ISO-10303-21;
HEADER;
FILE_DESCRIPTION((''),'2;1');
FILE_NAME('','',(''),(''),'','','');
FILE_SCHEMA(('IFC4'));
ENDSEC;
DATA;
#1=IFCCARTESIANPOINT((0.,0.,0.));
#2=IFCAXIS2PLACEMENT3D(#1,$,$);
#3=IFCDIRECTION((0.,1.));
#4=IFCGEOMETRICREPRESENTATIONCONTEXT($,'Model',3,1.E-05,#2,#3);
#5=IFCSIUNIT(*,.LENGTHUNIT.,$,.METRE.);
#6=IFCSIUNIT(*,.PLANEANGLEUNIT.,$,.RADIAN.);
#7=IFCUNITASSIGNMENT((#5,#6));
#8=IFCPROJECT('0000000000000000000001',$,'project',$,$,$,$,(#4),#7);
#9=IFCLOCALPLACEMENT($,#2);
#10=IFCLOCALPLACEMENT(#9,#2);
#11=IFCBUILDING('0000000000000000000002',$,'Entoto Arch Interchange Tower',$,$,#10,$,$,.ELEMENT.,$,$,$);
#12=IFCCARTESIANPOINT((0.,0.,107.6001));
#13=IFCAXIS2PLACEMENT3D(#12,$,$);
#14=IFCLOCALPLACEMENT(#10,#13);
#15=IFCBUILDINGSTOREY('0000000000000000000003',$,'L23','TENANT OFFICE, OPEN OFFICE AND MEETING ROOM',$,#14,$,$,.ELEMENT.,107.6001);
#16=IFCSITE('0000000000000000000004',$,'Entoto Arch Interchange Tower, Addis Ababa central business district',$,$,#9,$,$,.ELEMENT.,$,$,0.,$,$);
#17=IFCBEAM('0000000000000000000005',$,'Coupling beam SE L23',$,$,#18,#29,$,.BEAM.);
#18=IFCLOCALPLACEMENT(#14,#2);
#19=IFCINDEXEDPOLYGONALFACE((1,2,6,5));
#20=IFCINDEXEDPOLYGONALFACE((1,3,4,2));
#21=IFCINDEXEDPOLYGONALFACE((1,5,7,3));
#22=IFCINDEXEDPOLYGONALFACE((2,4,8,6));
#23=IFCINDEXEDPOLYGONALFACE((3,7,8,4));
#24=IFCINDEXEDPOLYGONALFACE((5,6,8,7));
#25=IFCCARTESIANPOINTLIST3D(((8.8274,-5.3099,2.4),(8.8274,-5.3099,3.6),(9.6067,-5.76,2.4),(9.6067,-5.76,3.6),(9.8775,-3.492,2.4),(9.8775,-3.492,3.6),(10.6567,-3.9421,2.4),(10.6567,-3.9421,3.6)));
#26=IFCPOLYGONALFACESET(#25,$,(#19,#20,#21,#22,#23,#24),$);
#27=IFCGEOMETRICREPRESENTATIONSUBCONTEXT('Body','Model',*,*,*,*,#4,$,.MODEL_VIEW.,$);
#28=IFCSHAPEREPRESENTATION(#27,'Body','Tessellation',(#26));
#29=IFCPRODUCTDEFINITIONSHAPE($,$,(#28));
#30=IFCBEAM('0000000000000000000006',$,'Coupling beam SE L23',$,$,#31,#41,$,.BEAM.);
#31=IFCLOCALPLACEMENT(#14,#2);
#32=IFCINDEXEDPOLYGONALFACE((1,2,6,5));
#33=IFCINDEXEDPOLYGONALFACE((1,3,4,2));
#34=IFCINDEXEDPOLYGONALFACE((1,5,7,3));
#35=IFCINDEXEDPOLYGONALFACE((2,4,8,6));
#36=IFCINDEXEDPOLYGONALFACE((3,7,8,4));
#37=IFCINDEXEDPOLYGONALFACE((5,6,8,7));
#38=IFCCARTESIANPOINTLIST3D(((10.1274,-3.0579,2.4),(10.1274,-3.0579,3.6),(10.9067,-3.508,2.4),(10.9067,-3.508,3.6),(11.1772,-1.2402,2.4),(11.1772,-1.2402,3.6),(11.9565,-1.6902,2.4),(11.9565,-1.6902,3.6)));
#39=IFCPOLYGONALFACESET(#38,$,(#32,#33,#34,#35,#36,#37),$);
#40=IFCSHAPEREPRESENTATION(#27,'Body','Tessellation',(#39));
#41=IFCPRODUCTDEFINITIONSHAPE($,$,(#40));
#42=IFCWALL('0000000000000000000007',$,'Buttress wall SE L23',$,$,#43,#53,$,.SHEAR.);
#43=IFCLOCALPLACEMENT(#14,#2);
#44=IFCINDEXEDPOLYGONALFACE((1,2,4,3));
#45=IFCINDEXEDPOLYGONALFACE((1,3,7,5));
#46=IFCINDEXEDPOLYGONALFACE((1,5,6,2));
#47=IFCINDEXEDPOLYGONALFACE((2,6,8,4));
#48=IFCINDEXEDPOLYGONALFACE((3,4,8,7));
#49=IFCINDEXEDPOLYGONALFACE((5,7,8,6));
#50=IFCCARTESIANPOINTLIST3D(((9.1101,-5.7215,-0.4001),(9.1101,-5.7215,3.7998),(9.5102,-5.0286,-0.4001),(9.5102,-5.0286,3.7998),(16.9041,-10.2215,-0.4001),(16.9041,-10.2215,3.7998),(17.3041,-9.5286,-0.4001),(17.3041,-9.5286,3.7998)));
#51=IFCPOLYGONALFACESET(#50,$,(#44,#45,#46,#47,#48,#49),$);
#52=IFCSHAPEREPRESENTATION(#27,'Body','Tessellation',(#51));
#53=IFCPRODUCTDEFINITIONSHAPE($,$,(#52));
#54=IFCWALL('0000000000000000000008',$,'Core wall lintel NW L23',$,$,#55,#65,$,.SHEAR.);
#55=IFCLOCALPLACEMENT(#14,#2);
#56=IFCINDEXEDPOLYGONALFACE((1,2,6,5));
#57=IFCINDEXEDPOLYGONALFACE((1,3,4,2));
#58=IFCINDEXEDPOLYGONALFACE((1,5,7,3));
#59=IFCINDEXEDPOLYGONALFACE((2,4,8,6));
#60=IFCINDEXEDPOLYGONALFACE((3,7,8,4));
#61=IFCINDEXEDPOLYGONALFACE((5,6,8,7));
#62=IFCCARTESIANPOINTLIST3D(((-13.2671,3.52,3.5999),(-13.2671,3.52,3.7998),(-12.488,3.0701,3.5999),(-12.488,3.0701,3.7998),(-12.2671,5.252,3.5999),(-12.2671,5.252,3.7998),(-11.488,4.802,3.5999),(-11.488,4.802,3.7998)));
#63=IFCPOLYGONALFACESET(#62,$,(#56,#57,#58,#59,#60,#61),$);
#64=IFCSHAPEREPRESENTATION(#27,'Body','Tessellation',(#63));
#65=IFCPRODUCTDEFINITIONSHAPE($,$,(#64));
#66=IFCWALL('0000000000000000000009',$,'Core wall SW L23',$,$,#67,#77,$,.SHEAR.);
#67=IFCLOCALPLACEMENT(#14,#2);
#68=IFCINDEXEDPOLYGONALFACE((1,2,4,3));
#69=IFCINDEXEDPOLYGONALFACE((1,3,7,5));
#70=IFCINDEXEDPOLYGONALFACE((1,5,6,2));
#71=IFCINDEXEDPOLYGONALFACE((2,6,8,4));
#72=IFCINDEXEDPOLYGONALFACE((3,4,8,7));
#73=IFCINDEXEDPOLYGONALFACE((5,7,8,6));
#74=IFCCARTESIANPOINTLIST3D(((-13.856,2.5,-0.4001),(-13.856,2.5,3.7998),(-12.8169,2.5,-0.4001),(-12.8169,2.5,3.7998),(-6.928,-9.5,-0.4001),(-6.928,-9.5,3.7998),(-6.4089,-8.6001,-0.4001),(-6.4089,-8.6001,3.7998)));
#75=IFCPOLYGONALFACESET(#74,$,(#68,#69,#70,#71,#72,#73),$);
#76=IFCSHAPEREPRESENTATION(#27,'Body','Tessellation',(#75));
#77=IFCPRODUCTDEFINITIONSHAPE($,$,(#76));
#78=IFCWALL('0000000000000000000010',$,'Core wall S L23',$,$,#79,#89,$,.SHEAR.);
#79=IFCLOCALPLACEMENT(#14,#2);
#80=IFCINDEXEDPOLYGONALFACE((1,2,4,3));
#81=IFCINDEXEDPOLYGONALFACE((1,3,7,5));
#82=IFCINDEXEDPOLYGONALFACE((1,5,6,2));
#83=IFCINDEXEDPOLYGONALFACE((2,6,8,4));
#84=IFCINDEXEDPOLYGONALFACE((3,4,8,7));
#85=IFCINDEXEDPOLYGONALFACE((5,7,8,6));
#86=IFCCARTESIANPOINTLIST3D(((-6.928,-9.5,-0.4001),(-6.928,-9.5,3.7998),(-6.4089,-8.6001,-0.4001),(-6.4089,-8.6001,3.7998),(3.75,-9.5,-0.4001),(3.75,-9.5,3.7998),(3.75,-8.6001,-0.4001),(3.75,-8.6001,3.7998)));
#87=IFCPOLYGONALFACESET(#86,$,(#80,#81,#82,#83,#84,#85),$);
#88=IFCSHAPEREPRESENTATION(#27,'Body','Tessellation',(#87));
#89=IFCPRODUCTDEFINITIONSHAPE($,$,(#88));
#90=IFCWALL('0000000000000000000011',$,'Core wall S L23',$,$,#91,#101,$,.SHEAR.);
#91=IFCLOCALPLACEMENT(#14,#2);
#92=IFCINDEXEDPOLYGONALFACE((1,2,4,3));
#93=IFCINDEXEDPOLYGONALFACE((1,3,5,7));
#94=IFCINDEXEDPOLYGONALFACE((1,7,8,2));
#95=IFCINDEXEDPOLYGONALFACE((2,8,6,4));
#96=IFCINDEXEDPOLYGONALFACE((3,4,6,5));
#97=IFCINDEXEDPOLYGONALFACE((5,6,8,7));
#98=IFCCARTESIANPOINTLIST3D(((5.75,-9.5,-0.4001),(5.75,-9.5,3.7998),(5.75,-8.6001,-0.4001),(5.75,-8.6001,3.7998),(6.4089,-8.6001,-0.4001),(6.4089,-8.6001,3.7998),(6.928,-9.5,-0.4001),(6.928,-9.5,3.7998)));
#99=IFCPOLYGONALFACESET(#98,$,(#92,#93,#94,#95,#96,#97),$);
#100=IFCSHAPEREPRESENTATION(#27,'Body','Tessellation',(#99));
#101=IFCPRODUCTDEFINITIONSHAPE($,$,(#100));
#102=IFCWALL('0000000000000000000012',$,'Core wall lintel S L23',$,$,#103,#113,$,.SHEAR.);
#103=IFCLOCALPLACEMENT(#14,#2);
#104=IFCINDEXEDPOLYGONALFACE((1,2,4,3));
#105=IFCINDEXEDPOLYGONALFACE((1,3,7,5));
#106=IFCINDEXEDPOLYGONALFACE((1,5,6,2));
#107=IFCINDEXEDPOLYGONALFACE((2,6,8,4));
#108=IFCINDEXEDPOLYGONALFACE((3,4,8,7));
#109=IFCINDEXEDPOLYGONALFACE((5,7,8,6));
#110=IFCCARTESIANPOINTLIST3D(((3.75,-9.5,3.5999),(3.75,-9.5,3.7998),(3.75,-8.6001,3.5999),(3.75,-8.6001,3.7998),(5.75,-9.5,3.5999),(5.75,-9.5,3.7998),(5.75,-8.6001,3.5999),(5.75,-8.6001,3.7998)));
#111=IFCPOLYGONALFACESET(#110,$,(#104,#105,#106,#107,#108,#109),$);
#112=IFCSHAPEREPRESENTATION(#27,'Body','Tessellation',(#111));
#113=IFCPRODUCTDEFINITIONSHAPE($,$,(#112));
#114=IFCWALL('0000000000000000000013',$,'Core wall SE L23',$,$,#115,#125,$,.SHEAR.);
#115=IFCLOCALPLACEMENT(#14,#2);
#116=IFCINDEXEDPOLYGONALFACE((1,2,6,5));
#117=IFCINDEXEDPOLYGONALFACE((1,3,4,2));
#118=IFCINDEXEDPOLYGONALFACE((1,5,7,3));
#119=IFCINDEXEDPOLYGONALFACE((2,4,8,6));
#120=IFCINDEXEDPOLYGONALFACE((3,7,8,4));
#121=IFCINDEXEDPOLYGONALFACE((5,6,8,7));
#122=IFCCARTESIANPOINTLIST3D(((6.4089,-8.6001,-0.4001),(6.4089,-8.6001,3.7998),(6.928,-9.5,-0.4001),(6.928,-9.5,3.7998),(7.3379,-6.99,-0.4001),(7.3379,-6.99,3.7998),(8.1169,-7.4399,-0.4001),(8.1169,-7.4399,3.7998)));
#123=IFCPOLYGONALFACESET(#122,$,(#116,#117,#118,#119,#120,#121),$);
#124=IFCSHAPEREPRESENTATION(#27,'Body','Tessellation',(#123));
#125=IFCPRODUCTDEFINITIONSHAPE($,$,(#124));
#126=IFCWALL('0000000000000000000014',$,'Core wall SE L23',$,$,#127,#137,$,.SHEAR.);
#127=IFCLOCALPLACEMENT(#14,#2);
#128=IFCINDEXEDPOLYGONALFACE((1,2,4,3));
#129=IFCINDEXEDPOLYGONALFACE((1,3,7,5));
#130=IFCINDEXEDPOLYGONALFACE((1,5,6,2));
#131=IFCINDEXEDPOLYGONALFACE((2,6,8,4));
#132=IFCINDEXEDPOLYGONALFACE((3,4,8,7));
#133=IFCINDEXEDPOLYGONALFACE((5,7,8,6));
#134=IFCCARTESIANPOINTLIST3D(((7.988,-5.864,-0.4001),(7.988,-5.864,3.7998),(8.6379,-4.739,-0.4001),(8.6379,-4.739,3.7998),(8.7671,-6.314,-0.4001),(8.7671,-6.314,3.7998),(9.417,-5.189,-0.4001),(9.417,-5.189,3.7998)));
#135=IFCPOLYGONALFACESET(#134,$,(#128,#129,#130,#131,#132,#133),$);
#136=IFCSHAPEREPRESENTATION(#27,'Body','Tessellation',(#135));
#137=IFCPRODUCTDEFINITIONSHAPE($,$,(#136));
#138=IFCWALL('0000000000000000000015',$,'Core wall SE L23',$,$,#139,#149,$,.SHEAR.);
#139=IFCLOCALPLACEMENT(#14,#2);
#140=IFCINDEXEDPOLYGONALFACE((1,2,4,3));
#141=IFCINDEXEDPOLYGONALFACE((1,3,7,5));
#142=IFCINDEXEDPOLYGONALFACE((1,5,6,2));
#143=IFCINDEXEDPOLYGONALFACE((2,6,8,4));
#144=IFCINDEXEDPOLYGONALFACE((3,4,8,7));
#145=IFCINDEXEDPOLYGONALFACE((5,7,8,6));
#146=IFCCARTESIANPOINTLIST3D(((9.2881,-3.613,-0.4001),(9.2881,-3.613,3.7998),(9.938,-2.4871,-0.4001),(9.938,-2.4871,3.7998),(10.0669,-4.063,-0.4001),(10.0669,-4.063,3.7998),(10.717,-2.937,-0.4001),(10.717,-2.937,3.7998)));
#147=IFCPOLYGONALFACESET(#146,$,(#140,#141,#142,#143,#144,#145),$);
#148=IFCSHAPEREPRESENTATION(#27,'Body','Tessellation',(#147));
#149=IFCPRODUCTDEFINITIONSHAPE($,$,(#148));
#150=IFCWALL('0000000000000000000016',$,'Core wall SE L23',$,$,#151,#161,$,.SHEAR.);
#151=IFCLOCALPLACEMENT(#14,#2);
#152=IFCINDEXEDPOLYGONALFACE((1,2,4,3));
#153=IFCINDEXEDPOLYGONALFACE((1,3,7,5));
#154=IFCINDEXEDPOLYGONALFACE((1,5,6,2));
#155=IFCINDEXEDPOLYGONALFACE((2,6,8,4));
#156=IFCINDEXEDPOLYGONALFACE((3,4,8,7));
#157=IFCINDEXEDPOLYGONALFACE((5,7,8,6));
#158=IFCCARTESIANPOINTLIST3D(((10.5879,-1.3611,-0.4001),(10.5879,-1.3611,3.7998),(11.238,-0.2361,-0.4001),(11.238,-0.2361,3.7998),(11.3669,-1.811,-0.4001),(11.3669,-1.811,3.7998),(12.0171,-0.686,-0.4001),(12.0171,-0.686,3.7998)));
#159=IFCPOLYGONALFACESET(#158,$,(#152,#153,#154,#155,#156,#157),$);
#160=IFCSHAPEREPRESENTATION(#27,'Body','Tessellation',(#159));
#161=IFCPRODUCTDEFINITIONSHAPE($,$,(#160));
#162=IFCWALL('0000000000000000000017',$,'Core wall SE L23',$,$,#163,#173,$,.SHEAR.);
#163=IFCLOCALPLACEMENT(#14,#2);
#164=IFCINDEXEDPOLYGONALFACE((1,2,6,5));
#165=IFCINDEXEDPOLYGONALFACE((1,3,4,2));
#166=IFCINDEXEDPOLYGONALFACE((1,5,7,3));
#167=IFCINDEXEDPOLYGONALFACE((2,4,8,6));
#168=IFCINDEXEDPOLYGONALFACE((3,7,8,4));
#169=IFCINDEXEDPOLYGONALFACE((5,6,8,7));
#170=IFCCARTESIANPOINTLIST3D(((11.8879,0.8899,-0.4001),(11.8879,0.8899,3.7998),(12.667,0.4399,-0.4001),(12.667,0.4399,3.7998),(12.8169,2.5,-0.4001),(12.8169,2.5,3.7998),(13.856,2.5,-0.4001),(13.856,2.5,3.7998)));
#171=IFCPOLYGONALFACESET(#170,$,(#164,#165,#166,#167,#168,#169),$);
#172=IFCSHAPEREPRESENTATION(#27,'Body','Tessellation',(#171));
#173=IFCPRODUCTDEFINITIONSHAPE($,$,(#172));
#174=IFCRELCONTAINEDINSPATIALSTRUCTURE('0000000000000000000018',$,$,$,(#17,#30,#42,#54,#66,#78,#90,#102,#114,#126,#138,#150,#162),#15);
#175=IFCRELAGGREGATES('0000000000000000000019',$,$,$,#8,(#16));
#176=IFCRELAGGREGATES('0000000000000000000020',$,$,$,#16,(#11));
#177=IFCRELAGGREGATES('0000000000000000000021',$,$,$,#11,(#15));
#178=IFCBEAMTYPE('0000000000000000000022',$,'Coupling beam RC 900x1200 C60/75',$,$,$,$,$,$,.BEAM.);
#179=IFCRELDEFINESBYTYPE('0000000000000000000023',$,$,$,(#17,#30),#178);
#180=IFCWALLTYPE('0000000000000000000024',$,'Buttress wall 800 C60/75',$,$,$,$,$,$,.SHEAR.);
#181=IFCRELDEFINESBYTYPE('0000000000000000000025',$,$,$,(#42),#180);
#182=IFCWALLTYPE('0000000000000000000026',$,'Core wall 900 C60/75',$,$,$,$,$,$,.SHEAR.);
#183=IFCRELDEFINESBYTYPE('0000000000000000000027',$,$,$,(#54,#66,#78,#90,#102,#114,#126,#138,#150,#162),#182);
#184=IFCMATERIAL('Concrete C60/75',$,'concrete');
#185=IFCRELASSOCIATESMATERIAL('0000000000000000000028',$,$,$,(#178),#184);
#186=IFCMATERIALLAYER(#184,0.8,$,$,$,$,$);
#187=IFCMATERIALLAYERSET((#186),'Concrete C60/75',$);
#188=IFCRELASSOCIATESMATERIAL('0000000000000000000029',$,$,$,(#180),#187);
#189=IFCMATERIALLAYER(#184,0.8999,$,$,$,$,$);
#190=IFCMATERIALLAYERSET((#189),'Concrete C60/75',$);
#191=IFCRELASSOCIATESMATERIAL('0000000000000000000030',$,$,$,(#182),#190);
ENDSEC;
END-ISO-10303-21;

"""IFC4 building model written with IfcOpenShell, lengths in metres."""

from ifc_helpers import new_model, si_unit, direction, frame, frame_2d, origin, origin_2d, place, context, subcontext, project, spatial, polyline, rectangle, outline, extrude, material, layer, layer_set, material_profile, profile_set, type_object, element, save


model = new_model("IFC4")

# Units and contexts
model_context = context("Model", 3, precision=1e-05, world=origin(), true_north=direction((0.0, 1.0)))
body_context = subcontext(model_context, "Body", "Model", "MODEL_VIEW")
ifc_project = project(units=[si_unit("LENGTHUNIT", "METRE"), si_unit("PLANEANGLEUNIT", "RADIAN")], contexts=[model_context])

# Site, building, storey
site_placement = place(None, origin())
site = spatial("IfcSite", under=ifc_project, at=site_placement, Name="Entoto Arch Interchange Tower, Addis Ababa central business district", CompositionType="ELEMENT", RefElevation=0.0)
building_placement = place(site_placement, origin())
building = spatial("IfcBuilding", under=site, at=building_placement, Name="Entoto Arch Interchange Tower", CompositionType="ELEMENT")
storey_placement = place(building_placement, frame((0.0, 0.0, 107.6001)))
storey = spatial("IfcBuildingStorey", under=building, at=storey_placement, Name="L23", Description="TENANT OFFICE, OPEN OFFICE AND MEETING ROOM", CompositionType="ELEMENT", Elevation=107.6001)

# Beams
ifc_material_1 = material(Name="Concrete C60/75", Category="concrete")
ifc_material_profile = material_profile(ifc_material_1, rectangle(XDim=0.8999, YDim=1.2, at=origin_2d()))
ifc_profile_set = profile_set([ifc_material_profile], Name="Concrete C60/75")
beam_type = type_object("IfcBeamType", Name="Coupling beam RC 900x1200 C60/75", PredefinedType="BEAM", material=ifc_profile_set)
beam_1_placement = place(storey_placement, frame((9.217, -5.5349, 3.0), z_axis=(0.500179, 0.865922, 0.0), x_axis=(-0.865922, 0.500179, 0.0)))
element("IfcBeam", 1, at=beam_1_placement, inside=storey, type_object=beam_type, Name="Coupling beam SE L23", PredefinedType="BEAM", context=body_context, shape_type="SweptSolid", body=[
    extrude(rectangle(XDim=0.8999, YDim=1.2, at=origin_2d()), origin(), (0.0, 0.0, 1.0), 2.0994),
])
beam_2_placement = place(storey_placement, frame((10.5171, -3.283, 3.0), z_axis=(0.500092, 0.865973, 0.0), x_axis=(-0.865973, 0.500092, 0.0)))
element("IfcBeam", 2, at=beam_2_placement, inside=storey, type_object=beam_type, Name="Coupling beam SE L23", PredefinedType="BEAM", context=body_context, shape_type="SweptSolid", body=[
    extrude(rectangle(XDim=0.8999, YDim=1.2, at=origin_2d()), origin(), (0.0, 0.0, 1.0), 2.0991),
])

# Walls
ifc_layer_1 = layer(ifc_material_1, 0.8)
ifc_layer_set_1 = layer_set([ifc_layer_1], Name="Concrete C60/75")
wall_type_1 = type_object("IfcWallType", Name="Buttress wall 800 C60/75", PredefinedType="SHEAR", material=ifc_layer_set_1)
wall_1_placement = place(storey_placement, frame((9.3101, -5.375, -0.4001), z_axis=(0.0, 0.0, 1.0), x_axis=(0.866018, -0.500014, 0.0)))
element("IfcWall", 3, at=wall_1_placement, inside=storey, type_object=wall_type_1, Name="Buttress wall SE L23", PredefinedType="SHEAR", context=body_context, shape_type="SweptSolid", body=[
    extrude(rectangle(XDim=8.9998, YDim=0.8, at=frame_2d((4.5, 0.0))), origin(), (0.0, 0.0, 1.0), 4.2),
])
ifc_layer_2 = layer(ifc_material_1, 0.8999)
ifc_layer_set_2 = layer_set([ifc_layer_2], Name="Concrete C60/75")
wall_type_2 = type_object("IfcWallType", Name="Core wall 900 C60/75", PredefinedType="SHEAR", material=ifc_layer_set_2)
wall_2_placement = place(storey_placement, frame((0.0, 0.0, 3.5999)))
element("IfcWall", 4, at=wall_2_placement, inside=storey, type_object=wall_type_2, Name="Core wall lintel NW L23", PredefinedType="SHEAR", context=body_context, shape_type="SweptSolid", body=[
    extrude(outline(polyline([(-13.2671, 3.52), (-12.488, 3.0701), (-11.488, 4.802), (-12.2671, 5.252), (-13.2671, 3.52)])), origin(), (0.0, 0.0, 1.0), 0.2),
])
wall_3_placement = place(storey_placement, frame((0.0, 0.0, -0.4001)))
element("IfcWall", 5, at=wall_3_placement, inside=storey, type_object=wall_type_2, Name="Core wall SW L23", PredefinedType="SHEAR", context=body_context, shape_type="SweptSolid", body=[
    extrude(outline(polyline([(-13.856, 2.5), (-6.928, -9.5), (-6.4089, -8.6001), (-12.8169, 2.5), (-13.856, 2.5)])), origin(), (0.0, 0.0, 1.0), 4.2),
])
wall_4_placement = place(storey_placement, frame((0.0, 0.0, -0.4001)))
element("IfcWall", 6, at=wall_4_placement, inside=storey, type_object=wall_type_2, Name="Core wall S L23", PredefinedType="SHEAR", context=body_context, shape_type="SweptSolid", body=[
    extrude(outline(polyline([(3.75, -9.5), (3.75, -8.6001), (-6.4089, -8.6001), (-6.928, -9.5), (3.75, -9.5)])), origin(), (0.0, 0.0, 1.0), 4.2),
])
wall_5_placement = place(storey_placement, frame((0.0, 0.0, -0.4001)))
element("IfcWall", 7, at=wall_5_placement, inside=storey, type_object=wall_type_2, Name="Core wall S L23", PredefinedType="SHEAR", context=body_context, shape_type="SweptSolid", body=[
    extrude(outline(polyline([(5.75, -8.6001), (5.75, -9.5), (6.928, -9.5), (6.4089, -8.6001), (5.75, -8.6001)])), origin(), (0.0, 0.0, 1.0), 4.2),
])
wall_6_placement = place(storey_placement, frame((0.0, 0.0, 3.5999)))
element("IfcWall", 8, at=wall_6_placement, inside=storey, type_object=wall_type_2, Name="Core wall lintel S L23", PredefinedType="SHEAR", context=body_context, shape_type="SweptSolid", body=[
    extrude(outline(polyline([(5.75, -9.5), (5.75, -8.6001), (3.75, -8.6001), (3.75, -9.5), (5.75, -9.5)])), origin(), (0.0, 0.0, 1.0), 0.2),
])
wall_7_placement = place(storey_placement, frame((0.0, 0.0, -0.4001)))
element("IfcWall", 9, at=wall_7_placement, inside=storey, type_object=wall_type_2, Name="Core wall SE L23", PredefinedType="SHEAR", context=body_context, shape_type="SweptSolid", body=[
    extrude(outline(polyline([(8.1169, -7.4399), (7.3379, -6.99), (6.4089, -8.6001), (6.928, -9.5), (8.1169, -7.4399)])), origin(), (0.0, 0.0, 1.0), 4.2),
])
wall_8_placement = place(storey_placement, frame((0.0, 0.0, -0.4001)))
element("IfcWall", 10, at=wall_8_placement, inside=storey, type_object=wall_type_2, Name="Core wall SE L23", PredefinedType="SHEAR", context=body_context, shape_type="SweptSolid", body=[
    extrude(outline(polyline([(9.417, -5.189), (8.6379, -4.739), (7.988, -5.864), (8.7671, -6.314), (9.417, -5.189)])), origin(), (0.0, 0.0, 1.0), 4.2),
])
wall_9_placement = place(storey_placement, frame((0.0, 0.0, -0.4001)))
element("IfcWall", 11, at=wall_9_placement, inside=storey, type_object=wall_type_2, Name="Core wall SE L23", PredefinedType="SHEAR", context=body_context, shape_type="SweptSolid", body=[
    extrude(outline(polyline([(10.717, -2.937), (9.938, -2.4871), (9.2881, -3.613), (10.0669, -4.063), (10.717, -2.937)])), origin(), (0.0, 0.0, 1.0), 4.2),
])
wall_10_placement = place(storey_placement, frame((0.0, 0.0, -0.4001)))
element("IfcWall", 12, at=wall_10_placement, inside=storey, type_object=wall_type_2, Name="Core wall SE L23", PredefinedType="SHEAR", context=body_context, shape_type="SweptSolid", body=[
    extrude(outline(polyline([(12.0171, -0.686), (11.238, -0.2361), (10.5879, -1.3611), (11.3669, -1.811), (12.0171, -0.686)])), origin(), (0.0, 0.0, 1.0), 4.2),
])
wall_11_placement = place(storey_placement, frame((0.0, 0.0, -0.4001)))
element("IfcWall", 13, at=wall_11_placement, inside=storey, type_object=wall_type_2, Name="Core wall SE L23", PredefinedType="SHEAR", context=body_context, shape_type="SweptSolid", body=[
    extrude(outline(polyline([(11.8879, 0.8899), (12.667, 0.4399), (13.856, 2.5), (12.8169, 2.5), (11.8879, 0.8899)])), origin(), (0.0, 0.0, 1.0), 4.2),
])

save(model, "model.ifc")
